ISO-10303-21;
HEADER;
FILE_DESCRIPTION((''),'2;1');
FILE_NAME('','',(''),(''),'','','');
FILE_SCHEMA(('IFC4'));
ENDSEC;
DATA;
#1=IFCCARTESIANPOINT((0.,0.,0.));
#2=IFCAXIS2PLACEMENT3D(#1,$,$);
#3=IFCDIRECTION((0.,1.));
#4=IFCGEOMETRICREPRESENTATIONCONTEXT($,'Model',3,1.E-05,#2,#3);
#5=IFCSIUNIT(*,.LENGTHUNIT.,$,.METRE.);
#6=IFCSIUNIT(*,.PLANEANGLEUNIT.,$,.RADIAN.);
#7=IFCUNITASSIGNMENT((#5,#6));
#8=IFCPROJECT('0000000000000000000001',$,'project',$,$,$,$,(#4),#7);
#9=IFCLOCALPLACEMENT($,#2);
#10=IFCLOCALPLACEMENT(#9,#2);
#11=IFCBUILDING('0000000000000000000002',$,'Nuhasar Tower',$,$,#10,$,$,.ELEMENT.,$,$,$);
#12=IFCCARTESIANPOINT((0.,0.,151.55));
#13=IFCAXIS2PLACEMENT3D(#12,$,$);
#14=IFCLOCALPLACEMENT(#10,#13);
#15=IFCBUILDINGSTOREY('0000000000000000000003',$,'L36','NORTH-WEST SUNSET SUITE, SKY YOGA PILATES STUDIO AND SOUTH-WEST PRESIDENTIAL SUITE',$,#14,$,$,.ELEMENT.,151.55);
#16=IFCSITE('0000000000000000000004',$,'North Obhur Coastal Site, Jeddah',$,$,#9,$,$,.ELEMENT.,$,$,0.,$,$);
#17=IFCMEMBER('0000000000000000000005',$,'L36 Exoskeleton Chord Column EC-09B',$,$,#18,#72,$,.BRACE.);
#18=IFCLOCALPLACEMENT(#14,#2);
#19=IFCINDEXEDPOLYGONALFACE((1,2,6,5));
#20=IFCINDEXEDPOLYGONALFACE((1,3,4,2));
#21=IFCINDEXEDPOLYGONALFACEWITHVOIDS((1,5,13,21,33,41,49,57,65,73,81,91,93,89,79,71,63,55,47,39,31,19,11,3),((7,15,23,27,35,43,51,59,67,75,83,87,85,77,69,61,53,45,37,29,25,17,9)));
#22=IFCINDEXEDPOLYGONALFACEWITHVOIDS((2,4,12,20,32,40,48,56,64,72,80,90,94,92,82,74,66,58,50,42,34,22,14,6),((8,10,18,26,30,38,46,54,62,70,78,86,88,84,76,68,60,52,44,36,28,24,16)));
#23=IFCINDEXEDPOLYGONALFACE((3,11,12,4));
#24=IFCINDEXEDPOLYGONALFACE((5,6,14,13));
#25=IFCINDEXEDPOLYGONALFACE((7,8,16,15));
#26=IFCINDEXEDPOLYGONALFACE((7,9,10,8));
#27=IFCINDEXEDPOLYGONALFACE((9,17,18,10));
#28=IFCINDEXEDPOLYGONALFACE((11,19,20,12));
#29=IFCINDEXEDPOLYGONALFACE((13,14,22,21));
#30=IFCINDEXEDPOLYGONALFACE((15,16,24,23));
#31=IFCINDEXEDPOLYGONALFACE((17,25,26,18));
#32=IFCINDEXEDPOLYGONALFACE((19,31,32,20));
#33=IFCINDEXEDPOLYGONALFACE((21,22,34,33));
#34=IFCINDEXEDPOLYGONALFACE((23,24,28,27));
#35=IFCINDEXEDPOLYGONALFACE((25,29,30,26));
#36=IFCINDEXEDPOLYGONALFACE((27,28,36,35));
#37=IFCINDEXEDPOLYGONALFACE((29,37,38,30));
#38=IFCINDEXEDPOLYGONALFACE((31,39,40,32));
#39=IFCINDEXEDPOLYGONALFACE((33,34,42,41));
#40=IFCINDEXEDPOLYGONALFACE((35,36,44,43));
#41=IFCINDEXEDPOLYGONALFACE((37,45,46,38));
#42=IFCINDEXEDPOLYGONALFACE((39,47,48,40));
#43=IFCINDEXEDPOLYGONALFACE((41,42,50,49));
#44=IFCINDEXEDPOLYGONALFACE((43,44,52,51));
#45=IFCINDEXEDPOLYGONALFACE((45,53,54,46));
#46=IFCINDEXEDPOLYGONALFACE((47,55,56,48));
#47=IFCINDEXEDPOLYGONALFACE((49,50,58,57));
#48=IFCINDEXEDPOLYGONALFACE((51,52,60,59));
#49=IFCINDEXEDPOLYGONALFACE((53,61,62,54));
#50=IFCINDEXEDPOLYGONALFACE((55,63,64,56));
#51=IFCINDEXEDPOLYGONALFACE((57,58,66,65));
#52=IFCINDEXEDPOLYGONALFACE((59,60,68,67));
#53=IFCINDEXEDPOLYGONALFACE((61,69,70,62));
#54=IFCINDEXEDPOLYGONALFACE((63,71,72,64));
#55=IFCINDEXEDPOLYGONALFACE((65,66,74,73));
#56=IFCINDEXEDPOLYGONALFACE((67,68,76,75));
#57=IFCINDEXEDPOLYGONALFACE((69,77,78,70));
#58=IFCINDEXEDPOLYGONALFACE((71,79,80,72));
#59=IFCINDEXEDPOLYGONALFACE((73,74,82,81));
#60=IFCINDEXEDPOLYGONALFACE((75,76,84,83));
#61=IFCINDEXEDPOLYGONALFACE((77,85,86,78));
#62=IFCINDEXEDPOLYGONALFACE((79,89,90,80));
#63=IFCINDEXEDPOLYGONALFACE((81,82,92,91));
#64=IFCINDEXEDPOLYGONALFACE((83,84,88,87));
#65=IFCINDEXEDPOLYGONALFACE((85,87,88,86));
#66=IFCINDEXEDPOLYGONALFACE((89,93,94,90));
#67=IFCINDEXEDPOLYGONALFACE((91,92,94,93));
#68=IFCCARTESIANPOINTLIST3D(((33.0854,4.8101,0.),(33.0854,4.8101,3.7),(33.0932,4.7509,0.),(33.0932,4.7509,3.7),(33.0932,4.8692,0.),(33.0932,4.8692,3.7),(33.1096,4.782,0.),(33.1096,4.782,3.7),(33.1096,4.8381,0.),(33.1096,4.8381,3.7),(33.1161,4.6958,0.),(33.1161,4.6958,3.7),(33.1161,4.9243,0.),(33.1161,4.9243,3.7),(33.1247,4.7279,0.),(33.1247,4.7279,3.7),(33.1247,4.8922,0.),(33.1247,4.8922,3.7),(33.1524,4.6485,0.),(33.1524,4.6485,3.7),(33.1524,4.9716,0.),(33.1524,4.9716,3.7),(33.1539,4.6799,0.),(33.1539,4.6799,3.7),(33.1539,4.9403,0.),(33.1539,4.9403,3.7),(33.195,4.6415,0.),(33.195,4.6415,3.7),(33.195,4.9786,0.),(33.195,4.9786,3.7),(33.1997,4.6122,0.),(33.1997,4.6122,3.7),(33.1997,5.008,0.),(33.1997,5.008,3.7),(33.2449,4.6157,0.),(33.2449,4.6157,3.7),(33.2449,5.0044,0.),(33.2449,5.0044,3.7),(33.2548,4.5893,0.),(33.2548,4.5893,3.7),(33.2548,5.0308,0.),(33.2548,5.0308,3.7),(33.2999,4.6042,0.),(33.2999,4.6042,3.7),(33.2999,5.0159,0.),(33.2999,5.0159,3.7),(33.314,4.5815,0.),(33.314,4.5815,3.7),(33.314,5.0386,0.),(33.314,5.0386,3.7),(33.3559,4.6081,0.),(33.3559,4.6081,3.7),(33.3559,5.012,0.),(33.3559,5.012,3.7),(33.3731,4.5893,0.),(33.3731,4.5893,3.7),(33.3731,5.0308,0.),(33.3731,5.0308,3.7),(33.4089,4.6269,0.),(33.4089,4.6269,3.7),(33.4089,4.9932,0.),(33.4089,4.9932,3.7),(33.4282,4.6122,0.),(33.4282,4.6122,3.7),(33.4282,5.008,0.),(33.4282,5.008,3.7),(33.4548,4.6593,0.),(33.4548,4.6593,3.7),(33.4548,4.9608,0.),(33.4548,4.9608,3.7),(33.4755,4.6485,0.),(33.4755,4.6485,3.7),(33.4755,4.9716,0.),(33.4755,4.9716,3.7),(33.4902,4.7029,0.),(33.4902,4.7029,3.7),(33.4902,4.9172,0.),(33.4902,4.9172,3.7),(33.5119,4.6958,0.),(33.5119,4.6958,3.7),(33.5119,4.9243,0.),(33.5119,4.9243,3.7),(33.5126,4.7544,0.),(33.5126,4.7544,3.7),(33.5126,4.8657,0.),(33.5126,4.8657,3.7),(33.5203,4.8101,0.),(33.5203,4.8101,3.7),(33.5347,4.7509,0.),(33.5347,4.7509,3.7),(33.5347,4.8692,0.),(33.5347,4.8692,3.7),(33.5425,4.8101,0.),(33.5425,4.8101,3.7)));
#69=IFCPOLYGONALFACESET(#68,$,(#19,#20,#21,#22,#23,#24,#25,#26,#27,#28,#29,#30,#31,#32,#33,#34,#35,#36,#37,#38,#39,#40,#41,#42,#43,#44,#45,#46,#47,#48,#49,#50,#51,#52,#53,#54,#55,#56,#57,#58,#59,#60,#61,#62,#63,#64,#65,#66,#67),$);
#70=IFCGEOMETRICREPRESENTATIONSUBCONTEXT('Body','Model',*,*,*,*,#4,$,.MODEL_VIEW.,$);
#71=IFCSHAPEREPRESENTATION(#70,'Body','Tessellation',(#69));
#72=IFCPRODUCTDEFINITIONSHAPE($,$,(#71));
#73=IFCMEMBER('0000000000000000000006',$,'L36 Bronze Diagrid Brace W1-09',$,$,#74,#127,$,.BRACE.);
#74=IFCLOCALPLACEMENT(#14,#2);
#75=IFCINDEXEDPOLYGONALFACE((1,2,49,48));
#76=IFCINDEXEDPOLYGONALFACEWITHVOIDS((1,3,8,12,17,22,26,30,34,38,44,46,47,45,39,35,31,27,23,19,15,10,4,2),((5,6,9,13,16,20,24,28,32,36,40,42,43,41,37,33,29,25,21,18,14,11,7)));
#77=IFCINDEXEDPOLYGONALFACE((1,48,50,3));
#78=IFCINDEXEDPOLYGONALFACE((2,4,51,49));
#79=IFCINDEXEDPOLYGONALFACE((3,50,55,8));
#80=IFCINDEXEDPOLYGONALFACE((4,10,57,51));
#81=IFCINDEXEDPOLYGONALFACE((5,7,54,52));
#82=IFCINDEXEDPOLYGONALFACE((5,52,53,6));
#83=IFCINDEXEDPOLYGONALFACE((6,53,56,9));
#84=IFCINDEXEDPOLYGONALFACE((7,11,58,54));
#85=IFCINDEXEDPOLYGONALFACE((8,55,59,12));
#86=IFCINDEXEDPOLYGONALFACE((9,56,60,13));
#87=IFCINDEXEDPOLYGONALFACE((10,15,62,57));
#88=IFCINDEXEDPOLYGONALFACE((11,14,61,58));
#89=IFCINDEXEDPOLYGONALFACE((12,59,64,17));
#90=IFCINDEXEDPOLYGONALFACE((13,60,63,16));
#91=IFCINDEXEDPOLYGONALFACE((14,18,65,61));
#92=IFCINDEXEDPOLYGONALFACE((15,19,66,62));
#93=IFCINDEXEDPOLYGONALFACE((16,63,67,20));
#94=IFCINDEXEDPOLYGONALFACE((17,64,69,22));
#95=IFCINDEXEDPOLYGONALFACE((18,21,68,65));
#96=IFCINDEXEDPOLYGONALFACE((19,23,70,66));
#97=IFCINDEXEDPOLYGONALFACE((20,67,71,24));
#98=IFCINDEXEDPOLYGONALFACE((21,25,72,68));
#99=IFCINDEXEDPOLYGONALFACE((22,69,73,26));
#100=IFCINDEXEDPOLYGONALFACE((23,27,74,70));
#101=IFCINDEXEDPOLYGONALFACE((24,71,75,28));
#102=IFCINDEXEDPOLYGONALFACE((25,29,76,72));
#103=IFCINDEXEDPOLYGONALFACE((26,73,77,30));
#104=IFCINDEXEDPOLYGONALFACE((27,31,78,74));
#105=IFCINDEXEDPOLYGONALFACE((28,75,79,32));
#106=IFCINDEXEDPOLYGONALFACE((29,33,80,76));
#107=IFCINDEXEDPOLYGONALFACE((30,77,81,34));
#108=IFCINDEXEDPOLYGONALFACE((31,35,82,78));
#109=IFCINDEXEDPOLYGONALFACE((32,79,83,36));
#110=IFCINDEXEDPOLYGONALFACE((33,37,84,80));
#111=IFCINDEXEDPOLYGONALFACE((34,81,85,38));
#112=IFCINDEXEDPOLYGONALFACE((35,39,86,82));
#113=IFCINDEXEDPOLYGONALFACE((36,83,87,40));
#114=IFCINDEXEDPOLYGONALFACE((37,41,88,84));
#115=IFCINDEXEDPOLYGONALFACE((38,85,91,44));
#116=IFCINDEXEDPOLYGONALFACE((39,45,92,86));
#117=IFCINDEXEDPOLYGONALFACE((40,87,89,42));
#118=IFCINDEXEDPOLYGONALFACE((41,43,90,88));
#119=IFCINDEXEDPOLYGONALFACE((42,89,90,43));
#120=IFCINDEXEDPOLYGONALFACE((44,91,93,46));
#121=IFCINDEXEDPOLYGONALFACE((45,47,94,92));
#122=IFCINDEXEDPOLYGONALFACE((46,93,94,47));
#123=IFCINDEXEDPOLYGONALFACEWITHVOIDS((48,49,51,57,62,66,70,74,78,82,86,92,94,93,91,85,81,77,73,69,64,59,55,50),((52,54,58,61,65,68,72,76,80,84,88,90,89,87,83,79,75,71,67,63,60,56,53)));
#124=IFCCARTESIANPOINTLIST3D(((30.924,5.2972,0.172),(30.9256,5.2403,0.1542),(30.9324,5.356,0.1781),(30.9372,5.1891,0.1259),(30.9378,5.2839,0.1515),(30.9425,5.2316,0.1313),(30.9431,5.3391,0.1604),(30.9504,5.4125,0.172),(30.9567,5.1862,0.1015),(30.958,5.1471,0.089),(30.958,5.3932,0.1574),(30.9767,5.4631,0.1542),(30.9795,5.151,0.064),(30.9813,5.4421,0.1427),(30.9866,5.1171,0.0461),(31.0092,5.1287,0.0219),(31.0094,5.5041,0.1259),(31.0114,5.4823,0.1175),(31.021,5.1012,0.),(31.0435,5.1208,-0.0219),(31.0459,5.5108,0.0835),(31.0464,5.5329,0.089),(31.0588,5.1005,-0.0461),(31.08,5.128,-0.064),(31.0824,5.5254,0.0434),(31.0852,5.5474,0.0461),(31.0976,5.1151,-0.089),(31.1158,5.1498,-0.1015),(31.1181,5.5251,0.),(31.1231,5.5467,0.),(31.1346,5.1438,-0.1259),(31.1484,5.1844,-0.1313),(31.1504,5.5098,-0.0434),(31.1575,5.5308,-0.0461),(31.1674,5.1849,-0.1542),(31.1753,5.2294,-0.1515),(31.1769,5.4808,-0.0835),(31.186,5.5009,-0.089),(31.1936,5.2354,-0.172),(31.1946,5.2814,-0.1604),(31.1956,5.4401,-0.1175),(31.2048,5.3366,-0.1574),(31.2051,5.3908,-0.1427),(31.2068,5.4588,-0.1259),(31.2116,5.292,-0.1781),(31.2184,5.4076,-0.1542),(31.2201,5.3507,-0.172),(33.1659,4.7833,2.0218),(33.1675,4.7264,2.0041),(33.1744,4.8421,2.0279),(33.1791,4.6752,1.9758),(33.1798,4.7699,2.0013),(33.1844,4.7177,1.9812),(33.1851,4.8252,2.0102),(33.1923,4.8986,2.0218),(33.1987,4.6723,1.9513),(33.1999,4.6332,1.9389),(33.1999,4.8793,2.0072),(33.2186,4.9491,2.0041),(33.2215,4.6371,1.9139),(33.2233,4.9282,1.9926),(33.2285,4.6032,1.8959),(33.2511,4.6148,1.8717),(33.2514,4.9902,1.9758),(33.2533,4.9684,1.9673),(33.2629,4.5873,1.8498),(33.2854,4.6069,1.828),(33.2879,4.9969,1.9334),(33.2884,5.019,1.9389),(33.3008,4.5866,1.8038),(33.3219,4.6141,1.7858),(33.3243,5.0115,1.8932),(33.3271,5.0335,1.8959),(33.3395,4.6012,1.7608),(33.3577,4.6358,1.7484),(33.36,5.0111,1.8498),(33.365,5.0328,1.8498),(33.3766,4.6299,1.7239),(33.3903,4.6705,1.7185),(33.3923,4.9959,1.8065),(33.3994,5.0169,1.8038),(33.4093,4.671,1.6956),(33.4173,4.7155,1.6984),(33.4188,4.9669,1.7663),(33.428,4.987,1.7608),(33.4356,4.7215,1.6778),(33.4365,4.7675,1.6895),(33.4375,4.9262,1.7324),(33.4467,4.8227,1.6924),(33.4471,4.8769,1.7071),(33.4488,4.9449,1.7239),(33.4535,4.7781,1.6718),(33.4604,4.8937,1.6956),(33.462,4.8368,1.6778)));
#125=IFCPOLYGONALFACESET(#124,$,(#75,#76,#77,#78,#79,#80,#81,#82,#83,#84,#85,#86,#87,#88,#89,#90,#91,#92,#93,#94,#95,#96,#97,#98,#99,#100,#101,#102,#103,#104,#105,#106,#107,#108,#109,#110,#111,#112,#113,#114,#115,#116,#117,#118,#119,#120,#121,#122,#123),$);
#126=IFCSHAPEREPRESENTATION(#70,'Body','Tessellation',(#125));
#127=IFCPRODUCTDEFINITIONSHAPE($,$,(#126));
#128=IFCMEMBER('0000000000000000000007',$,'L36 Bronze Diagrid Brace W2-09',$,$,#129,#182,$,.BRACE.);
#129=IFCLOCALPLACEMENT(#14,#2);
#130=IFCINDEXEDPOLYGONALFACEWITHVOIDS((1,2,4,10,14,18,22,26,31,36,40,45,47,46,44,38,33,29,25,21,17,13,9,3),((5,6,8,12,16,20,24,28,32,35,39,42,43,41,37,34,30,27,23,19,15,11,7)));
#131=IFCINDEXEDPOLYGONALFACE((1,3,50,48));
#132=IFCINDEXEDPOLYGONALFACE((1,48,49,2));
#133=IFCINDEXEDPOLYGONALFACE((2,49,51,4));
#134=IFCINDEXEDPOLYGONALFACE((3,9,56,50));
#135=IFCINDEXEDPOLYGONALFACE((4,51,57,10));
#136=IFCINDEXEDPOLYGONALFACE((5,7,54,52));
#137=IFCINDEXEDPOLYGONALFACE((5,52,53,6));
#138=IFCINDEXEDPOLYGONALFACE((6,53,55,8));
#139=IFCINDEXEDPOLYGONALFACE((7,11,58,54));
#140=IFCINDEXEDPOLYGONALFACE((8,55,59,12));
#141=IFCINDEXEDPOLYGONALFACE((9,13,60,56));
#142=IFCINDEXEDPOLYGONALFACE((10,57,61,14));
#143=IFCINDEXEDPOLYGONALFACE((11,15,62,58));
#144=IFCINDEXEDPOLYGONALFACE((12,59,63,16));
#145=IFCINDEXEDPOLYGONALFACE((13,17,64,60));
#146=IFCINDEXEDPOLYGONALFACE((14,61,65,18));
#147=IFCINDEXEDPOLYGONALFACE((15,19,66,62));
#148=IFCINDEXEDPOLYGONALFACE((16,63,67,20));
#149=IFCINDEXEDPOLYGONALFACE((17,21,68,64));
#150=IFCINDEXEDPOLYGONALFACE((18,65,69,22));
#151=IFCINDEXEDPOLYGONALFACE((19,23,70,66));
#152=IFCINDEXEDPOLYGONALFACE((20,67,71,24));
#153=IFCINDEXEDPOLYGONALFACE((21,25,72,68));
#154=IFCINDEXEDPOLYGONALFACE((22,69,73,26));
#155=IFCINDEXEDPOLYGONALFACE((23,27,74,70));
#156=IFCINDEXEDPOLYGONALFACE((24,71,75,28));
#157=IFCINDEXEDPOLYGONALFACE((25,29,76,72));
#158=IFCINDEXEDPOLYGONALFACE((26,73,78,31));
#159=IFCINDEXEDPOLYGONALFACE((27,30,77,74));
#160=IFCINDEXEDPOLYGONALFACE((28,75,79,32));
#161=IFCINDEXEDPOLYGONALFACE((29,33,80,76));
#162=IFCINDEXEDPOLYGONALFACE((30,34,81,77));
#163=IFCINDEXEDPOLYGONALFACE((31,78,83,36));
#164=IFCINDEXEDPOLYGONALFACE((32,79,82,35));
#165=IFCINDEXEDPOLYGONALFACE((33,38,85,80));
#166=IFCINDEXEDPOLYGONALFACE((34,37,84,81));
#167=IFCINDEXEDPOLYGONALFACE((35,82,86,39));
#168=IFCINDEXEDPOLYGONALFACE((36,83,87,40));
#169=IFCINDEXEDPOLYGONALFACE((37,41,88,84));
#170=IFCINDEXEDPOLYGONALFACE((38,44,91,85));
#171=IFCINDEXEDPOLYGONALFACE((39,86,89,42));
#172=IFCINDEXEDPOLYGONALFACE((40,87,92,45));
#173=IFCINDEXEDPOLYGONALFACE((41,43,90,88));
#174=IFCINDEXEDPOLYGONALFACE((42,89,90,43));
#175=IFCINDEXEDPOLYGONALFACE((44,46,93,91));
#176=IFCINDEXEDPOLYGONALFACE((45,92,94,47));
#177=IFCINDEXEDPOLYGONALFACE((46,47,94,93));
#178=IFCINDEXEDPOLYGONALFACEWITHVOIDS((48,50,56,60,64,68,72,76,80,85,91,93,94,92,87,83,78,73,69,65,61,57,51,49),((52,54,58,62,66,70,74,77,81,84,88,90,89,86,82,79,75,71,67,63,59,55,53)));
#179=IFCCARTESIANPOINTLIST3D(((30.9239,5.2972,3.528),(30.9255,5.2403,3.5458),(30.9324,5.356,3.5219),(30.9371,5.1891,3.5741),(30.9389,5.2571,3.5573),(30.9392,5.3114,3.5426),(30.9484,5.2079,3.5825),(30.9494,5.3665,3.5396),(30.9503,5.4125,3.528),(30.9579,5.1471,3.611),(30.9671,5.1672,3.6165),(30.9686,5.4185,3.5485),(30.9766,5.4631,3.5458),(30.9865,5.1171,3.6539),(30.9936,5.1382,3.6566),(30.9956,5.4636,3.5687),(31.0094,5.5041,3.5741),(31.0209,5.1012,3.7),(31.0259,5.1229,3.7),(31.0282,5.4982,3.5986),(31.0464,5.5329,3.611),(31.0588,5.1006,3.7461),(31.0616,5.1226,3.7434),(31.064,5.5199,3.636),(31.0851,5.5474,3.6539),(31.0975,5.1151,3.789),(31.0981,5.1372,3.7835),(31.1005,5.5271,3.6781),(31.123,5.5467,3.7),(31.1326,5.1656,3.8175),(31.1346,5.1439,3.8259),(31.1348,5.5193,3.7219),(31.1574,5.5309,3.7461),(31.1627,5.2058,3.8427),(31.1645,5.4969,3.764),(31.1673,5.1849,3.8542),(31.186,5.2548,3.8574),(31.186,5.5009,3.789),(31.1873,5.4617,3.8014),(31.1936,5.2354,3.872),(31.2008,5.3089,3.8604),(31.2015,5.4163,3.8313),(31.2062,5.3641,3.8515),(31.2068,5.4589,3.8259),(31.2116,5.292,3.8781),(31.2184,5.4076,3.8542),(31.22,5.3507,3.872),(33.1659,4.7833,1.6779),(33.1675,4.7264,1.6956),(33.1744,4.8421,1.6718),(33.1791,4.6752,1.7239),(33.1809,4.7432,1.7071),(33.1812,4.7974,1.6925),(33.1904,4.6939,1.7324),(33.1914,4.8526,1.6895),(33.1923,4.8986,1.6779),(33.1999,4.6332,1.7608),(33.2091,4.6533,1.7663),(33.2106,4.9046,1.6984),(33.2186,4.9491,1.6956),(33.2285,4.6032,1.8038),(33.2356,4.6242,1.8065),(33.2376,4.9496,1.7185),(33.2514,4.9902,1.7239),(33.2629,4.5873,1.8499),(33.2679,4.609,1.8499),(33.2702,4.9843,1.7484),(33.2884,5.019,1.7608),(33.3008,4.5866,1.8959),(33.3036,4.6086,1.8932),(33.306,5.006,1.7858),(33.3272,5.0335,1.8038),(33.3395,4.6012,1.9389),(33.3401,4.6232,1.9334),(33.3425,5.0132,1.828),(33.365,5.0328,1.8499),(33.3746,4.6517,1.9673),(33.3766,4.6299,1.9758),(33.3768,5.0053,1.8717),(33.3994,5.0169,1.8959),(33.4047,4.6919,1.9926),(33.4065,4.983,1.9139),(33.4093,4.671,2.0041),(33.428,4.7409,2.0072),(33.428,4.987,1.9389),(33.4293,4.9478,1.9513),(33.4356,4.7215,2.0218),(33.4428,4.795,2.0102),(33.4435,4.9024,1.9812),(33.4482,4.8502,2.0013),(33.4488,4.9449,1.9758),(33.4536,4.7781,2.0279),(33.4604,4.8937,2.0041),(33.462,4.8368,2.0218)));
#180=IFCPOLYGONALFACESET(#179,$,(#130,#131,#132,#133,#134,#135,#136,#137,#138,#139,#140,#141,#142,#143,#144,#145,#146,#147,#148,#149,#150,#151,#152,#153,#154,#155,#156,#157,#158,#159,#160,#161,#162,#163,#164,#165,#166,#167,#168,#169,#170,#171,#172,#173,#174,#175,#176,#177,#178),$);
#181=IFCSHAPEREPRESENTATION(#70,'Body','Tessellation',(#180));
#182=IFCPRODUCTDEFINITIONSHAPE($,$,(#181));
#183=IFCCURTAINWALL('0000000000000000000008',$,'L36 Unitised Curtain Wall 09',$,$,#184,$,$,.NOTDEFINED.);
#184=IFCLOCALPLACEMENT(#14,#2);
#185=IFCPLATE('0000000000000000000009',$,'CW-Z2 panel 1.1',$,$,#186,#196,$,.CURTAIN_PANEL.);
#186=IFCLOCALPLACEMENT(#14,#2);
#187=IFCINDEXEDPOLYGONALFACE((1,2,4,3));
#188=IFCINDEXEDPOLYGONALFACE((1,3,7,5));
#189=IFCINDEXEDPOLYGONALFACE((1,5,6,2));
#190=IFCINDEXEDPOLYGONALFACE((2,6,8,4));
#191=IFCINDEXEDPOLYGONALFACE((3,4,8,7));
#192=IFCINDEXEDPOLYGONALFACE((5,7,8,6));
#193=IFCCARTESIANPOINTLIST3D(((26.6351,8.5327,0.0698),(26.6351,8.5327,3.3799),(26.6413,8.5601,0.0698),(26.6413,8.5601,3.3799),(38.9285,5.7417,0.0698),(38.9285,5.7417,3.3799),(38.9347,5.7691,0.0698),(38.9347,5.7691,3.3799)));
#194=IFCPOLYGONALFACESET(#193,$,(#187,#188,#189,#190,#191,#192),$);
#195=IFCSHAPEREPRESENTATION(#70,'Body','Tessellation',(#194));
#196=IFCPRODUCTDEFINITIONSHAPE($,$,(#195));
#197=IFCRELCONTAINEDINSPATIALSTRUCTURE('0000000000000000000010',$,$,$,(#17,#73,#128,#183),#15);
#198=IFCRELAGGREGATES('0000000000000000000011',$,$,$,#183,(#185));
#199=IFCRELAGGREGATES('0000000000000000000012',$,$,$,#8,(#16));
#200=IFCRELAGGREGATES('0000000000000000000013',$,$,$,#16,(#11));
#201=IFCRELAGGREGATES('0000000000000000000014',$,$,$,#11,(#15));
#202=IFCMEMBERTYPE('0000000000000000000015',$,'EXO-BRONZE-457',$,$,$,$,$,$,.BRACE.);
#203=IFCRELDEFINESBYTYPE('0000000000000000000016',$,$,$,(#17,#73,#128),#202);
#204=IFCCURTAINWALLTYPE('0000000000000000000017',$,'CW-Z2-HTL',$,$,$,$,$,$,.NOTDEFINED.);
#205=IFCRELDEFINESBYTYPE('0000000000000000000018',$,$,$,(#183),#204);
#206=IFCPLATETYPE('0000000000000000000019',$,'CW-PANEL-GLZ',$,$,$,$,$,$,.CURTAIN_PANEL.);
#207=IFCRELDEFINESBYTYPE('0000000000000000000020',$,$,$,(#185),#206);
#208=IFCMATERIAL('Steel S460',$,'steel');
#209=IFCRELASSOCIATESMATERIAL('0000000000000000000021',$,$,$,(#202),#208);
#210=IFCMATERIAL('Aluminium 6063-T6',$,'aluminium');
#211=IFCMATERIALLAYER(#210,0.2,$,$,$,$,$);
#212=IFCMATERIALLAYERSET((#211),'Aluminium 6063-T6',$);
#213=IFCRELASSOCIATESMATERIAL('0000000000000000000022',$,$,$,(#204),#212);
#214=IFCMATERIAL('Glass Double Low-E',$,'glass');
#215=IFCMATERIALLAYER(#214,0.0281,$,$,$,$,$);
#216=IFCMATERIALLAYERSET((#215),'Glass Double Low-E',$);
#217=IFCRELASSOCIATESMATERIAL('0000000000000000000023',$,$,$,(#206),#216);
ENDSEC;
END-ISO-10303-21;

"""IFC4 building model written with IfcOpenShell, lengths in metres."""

from ifc_helpers import new_model, si_unit, direction, frame, origin, origin_2d, place, context, subcontext, project, spatial, rectangle, hollow_circle, extrude, material, layer, layer_set, material_profile, profile_set, type_object, element, aggregate, save


model = new_model("IFC4")

# Units and contexts
model_context = context("Model", 3, precision=1e-05, world=origin(), true_north=direction((0.0, 1.0)))
body_context = subcontext(model_context, "Body", "Model", "MODEL_VIEW")
ifc_project = project(units=[si_unit("LENGTHUNIT", "METRE"), si_unit("PLANEANGLEUNIT", "RADIAN")], contexts=[model_context])

# Site, building, storey
site_placement = place(None, origin())
site = spatial("IfcSite", under=ifc_project, at=site_placement, Name="North Obhur Coastal Site, Jeddah", CompositionType="ELEMENT", RefElevation=0.0)
building_placement = place(site_placement, origin())
building = spatial("IfcBuilding", under=site, at=building_placement, Name="Nuhasar Tower", CompositionType="ELEMENT")
storey_placement = place(building_placement, frame((0.0, 0.0, 151.55)))
storey = spatial("IfcBuildingStorey", under=building, at=storey_placement, Name="L36", Description="NORTH-WEST SUNSET SUITE, SKY YOGA PILATES STUDIO AND SOUTH-WEST PRESIDENTIAL SUITE", CompositionType="ELEMENT", Elevation=151.55)

# Members
ifc_material_1 = material(Name="Steel S460", Category="steel")
ifc_material_profile_1 = material_profile(ifc_material_1, hollow_circle(Radius=0.2285, WallThickness=0.0222, at=origin_2d()), Name="HSS457X22.2")
ifc_profile_set_1 = profile_set([ifc_material_profile_1], Name="Steel S460")
member_type = type_object("IfcMemberType", Name="EXO-BRONZE-457", PredefinedType="BRACE", material=ifc_profile_set_1)
for number, where, z_axis, x_axis, name in (
    (1, (33.314, 4.8101, 0.0), (0.0, 0.0, 1.0), (1.0, 0.0, 0.0), "L36 Exoskeleton Chord Column EC-09B"),
):
    element("IfcMember", number, at=place(storey_placement, frame(where, z_axis=z_axis, x_axis=x_axis)), inside=storey, type_object=member_type, Name=name, PredefinedType="BRACE", context=body_context, shape_type="SweptSolid", body=[
        extrude(hollow_circle(Radius=0.2285, WallThickness=0.0222, at=origin_2d()), origin(), (0.0, 0.0, 1.0), 3.7),
    ])
member_1_placement = place(storey_placement, frame((31.072, 5.324, 0.0), z_axis=(0.75955, -0.17411, 0.626713), x_axis=(0.223433, 0.974719, 0.0)))
element("IfcMember", 2, at=member_1_placement, inside=storey, type_object=member_type, Name="L36 Bronze Diagrid Brace W1-09", PredefinedType="BRACE", context=body_context, shape_type="SweptSolid", body=[
    extrude(hollow_circle(Radius=0.2285, WallThickness=0.0222, at=origin_2d()), origin(), (0.0, 0.0, 1.0), 2.9517),
])
member_2_placement = place(storey_placement, frame((33.314, 4.8101, 1.8499), z_axis=(-0.75951, 0.174101, 0.626764), x_axis=(-0.223433, -0.974719, 0.0)))
element("IfcMember", 3, at=member_2_placement, inside=storey, type_object=member_type, Name="L36 Bronze Diagrid Brace W2-09", PredefinedType="BRACE", context=body_context, shape_type="SweptSolid", body=[
    extrude(hollow_circle(Radius=0.2285, WallThickness=0.0222, at=origin_2d()), origin(), (0.0, 0.0, 1.0), 2.9519),
])

# Curtain wall, plate
ifc_material_2 = material(Name="Aluminium 6063-T6", Category="aluminium")
ifc_layer_1 = layer(ifc_material_2, 0.2)
ifc_layer_set_1 = layer_set([ifc_layer_1], Name="Aluminium 6063-T6")
curtain_wall_type = type_object("IfcCurtainWallType", Name="CW-Z2-HTL", PredefinedType="NOTDEFINED", material=ifc_layer_set_1)
curtain_wall_placement = place(storey_placement, origin())
curtain_wall = element("IfcCurtainWall", 4, at=curtain_wall_placement, inside=storey, type_object=curtain_wall_type, Name="L36 Unitised Curtain Wall 09", PredefinedType="NOTDEFINED")
ifc_material_3 = material(Name="Glass Double Low-E", Category="glass")
ifc_layer_2 = layer(ifc_material_3, 0.0281)
ifc_layer_set_2 = layer_set([ifc_layer_2], Name="Glass Double Low-E")
plate_type = type_object("IfcPlateType", Name="CW-PANEL-GLZ", PredefinedType="CURTAIN_PANEL", material=ifc_layer_set_2)
plate_placement = place(storey_placement, frame((32.7849, 7.1509, 0.0698), z_axis=(0.0, 0.0, 1.0), x_axis=(0.975184, -0.221397, 0.0)))
plate = element("IfcPlate", 5, at=plate_placement, type_object=plate_type, Name="CW-Z2 panel 1.1", PredefinedType="CURTAIN_PANEL", context=body_context, shape_type="SweptSolid", body=[
    extrude(rectangle(XDim=12.6062, YDim=0.0281, at=origin_2d()), origin(), (0.0, 0.0, 1.0), 3.3101),
])
aggregate(curtain_wall, [plate])

save(model, "model.ifc")
